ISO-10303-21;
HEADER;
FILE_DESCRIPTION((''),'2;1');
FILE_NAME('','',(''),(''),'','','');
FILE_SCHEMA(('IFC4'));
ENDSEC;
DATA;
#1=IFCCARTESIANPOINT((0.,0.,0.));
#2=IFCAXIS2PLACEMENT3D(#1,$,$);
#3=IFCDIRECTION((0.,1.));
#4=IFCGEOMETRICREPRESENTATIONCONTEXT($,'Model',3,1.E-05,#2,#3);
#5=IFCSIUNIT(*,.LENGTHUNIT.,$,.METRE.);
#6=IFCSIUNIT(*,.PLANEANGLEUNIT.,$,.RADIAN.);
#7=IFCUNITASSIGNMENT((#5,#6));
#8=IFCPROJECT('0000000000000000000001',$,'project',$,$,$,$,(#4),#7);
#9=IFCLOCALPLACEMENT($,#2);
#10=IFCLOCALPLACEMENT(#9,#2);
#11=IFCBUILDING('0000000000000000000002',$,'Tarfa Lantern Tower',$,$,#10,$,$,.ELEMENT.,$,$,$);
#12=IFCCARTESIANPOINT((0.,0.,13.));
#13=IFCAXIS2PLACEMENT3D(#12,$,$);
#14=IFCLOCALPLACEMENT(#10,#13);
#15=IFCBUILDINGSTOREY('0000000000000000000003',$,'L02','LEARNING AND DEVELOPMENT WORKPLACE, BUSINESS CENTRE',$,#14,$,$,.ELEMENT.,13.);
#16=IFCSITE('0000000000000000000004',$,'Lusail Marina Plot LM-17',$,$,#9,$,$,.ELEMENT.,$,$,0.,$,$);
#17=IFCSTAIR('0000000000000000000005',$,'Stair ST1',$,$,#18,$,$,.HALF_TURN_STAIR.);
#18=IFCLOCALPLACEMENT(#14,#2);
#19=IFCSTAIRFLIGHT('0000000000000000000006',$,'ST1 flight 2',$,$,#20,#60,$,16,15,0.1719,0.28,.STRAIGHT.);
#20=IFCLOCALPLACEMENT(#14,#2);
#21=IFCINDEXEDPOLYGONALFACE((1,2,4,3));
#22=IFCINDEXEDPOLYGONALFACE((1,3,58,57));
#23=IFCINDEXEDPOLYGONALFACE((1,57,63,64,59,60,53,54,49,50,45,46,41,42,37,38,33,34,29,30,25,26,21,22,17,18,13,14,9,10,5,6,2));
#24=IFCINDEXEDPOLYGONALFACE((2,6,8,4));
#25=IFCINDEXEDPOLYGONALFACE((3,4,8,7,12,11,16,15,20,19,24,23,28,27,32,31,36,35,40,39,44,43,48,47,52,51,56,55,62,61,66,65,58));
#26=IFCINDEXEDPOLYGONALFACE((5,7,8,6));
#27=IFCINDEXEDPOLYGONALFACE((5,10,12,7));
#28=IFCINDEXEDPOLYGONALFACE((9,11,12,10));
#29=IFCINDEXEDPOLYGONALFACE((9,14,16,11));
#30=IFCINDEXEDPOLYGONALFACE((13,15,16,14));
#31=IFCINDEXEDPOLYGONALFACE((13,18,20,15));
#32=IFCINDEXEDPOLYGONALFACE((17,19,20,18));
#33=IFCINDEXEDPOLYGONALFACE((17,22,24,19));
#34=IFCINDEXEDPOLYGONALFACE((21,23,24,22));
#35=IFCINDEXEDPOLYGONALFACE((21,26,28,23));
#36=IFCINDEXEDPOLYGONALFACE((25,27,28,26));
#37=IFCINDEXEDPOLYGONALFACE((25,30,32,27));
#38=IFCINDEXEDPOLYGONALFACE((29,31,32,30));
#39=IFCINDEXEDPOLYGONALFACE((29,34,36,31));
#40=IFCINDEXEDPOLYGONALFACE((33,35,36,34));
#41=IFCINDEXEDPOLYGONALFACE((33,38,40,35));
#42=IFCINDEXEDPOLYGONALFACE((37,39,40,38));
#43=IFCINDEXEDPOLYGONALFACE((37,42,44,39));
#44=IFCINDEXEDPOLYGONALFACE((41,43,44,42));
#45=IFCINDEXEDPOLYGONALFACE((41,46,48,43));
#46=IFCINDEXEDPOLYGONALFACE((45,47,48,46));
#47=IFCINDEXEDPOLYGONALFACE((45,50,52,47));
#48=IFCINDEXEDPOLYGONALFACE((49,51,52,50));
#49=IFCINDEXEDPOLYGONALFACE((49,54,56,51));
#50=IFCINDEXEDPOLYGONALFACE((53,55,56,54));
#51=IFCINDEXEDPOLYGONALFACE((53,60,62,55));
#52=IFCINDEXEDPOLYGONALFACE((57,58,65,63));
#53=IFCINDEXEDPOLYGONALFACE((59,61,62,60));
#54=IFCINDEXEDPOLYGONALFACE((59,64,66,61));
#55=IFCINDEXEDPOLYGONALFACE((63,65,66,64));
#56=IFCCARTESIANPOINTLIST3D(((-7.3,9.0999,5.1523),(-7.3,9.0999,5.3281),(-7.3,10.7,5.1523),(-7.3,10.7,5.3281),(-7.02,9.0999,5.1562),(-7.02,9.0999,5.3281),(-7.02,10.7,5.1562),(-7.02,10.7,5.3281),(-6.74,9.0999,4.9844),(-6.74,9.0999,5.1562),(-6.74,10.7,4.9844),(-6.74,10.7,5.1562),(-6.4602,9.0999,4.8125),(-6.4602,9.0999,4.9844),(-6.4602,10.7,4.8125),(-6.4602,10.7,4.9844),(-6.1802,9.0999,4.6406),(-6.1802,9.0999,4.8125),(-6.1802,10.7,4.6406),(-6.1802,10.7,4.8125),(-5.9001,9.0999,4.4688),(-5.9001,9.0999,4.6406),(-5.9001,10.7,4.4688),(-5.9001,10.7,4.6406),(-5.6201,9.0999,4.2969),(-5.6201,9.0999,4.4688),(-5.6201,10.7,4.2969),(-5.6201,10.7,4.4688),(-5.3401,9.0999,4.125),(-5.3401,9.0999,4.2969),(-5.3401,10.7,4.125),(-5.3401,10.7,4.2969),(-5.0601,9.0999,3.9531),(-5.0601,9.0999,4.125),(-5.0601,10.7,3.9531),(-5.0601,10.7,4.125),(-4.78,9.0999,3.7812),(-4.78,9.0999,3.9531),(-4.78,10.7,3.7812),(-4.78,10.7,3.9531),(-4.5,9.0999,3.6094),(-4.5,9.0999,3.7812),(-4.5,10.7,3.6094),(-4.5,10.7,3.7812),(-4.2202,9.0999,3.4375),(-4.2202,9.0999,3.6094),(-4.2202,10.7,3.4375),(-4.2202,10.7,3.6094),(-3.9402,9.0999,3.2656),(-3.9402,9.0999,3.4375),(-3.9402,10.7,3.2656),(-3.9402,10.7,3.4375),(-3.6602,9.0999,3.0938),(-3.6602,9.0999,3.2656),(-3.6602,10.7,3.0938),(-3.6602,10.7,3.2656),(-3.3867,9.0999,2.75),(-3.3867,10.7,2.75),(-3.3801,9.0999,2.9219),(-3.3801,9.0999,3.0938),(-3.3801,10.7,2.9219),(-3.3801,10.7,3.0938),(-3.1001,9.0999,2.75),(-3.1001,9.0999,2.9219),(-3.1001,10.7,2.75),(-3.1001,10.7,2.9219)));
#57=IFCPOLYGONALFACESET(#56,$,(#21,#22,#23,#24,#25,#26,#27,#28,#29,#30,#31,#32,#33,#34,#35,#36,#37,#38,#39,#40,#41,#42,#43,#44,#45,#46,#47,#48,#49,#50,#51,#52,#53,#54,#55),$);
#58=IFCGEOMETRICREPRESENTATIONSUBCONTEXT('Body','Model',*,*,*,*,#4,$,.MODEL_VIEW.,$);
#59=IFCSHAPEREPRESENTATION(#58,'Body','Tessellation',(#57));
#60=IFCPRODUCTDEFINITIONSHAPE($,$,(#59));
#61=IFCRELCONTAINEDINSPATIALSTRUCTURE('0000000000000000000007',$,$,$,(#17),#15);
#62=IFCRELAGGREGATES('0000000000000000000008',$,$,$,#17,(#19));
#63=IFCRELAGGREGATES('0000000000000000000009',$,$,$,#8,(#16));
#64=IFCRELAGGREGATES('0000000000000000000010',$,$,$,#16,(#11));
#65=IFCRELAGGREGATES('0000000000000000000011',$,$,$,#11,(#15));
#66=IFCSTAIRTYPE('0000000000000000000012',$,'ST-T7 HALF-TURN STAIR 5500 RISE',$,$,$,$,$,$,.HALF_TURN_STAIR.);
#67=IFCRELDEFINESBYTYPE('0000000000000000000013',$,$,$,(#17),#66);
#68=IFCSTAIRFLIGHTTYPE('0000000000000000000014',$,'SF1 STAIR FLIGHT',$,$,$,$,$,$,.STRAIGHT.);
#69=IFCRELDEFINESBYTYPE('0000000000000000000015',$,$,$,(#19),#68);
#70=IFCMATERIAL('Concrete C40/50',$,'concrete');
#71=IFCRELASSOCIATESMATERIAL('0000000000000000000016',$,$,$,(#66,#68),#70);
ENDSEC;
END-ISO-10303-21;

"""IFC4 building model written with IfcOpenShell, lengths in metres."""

from ifc_helpers import new_model, si_unit, direction, frame, origin, place, context, subcontext, project, spatial, polyline, outline, extrude, material, type_object, element, aggregate, save


model = new_model("IFC4")

# Units and contexts
model_context = context("Model", 3, precision=1e-05, world=origin(), true_north=direction((0.0, 1.0)))
body_context = subcontext(model_context, "Body", "Model", "MODEL_VIEW")
ifc_project = project(units=[si_unit("LENGTHUNIT", "METRE"), si_unit("PLANEANGLEUNIT", "RADIAN")], contexts=[model_context])

# Site, building, storey
site_placement = place(None, origin())
site = spatial("IfcSite", under=ifc_project, at=site_placement, Name="Lusail Marina Plot LM-17", CompositionType="ELEMENT", RefElevation=0.0)
building_placement = place(site_placement, origin())
building = spatial("IfcBuilding", under=site, at=building_placement, Name="Tarfa Lantern Tower", CompositionType="ELEMENT")
storey_placement = place(building_placement, frame((0.0, 0.0, 13.0)))
storey = spatial("IfcBuildingStorey", under=building, at=storey_placement, Name="L02", Description="LEARNING AND DEVELOPMENT WORKPLACE, BUSINESS CENTRE", CompositionType="ELEMENT", Elevation=13.0)

# Stair, stair flight
ifc_material_1 = material(Name="Concrete C40/50", Category="concrete")
stair_type = type_object("IfcStairType", Name="ST-T7 HALF-TURN STAIR 5500 RISE", PredefinedType="HALF_TURN_STAIR", material=ifc_material_1)
stair_placement = place(storey_placement, origin())
stair = element("IfcStair", 1, at=stair_placement, inside=storey, type_object=stair_type, Name="Stair ST1", PredefinedType="HALF_TURN_STAIR")
stair_flight_type = type_object("IfcStairFlightType", Name="SF1 STAIR FLIGHT", PredefinedType="STRAIGHT", material=ifc_material_1)
stair_flight_1_placement = place(storey_placement, frame((-3.1001, 9.8999, 2.75), z_axis=(0.0, 0.0, 1.0), x_axis=(-1.0, 0.0, 0.0)))
stair_flight_1 = element("IfcStairFlight", 2, at=stair_flight_1_placement, type_object=stair_flight_type, Name="ST1 flight 2", NumberOfRisers=16, NumberOfTreads=15, PredefinedType="STRAIGHT", RiserHeight=0.1719, TreadLength=0.28, context=body_context, shape_type="SweptSolid", body=[
    extrude(outline(polyline([(0.0, 0.0), (0.0, 0.1719), (0.28, 0.1719), (0.28, 0.3438), (0.5601, 0.3438), (0.5601, 0.5156), (0.8401, 0.5156), (0.8401, 0.6875), (1.1201, 0.6875), (1.1201, 0.8594), (1.3999, 0.8594), (1.3999, 1.0312), (1.6799, 1.0312), (1.6799, 1.2031), (1.96, 1.2031), (1.96, 1.375), (2.24, 1.375), (2.24, 1.5469), (2.52, 1.5469), (2.52, 1.7188), (2.8, 1.7188), (2.8, 1.8906), (3.0801, 1.8906), (3.0801, 2.0625), (3.3601, 2.0625), (3.3601, 2.2344), (3.6399, 2.2344), (3.6399, 2.4062), (3.9199, 2.4062), (3.9199, 2.5781), (4.2, 2.5781), (4.2, 2.75), (4.2, 2.4023), (0.2866, 0.0), (0.0, 0.0)])), frame((0.0, 0.8, 0.0), z_axis=(0.0, -1.0, 0.0), x_axis=(1.0, 0.0, 0.0)), (0.0, 0.0, 1.0), 1.6001),
])
aggregate(stair, [stair_flight_1])

save(model, "model.ifc")
